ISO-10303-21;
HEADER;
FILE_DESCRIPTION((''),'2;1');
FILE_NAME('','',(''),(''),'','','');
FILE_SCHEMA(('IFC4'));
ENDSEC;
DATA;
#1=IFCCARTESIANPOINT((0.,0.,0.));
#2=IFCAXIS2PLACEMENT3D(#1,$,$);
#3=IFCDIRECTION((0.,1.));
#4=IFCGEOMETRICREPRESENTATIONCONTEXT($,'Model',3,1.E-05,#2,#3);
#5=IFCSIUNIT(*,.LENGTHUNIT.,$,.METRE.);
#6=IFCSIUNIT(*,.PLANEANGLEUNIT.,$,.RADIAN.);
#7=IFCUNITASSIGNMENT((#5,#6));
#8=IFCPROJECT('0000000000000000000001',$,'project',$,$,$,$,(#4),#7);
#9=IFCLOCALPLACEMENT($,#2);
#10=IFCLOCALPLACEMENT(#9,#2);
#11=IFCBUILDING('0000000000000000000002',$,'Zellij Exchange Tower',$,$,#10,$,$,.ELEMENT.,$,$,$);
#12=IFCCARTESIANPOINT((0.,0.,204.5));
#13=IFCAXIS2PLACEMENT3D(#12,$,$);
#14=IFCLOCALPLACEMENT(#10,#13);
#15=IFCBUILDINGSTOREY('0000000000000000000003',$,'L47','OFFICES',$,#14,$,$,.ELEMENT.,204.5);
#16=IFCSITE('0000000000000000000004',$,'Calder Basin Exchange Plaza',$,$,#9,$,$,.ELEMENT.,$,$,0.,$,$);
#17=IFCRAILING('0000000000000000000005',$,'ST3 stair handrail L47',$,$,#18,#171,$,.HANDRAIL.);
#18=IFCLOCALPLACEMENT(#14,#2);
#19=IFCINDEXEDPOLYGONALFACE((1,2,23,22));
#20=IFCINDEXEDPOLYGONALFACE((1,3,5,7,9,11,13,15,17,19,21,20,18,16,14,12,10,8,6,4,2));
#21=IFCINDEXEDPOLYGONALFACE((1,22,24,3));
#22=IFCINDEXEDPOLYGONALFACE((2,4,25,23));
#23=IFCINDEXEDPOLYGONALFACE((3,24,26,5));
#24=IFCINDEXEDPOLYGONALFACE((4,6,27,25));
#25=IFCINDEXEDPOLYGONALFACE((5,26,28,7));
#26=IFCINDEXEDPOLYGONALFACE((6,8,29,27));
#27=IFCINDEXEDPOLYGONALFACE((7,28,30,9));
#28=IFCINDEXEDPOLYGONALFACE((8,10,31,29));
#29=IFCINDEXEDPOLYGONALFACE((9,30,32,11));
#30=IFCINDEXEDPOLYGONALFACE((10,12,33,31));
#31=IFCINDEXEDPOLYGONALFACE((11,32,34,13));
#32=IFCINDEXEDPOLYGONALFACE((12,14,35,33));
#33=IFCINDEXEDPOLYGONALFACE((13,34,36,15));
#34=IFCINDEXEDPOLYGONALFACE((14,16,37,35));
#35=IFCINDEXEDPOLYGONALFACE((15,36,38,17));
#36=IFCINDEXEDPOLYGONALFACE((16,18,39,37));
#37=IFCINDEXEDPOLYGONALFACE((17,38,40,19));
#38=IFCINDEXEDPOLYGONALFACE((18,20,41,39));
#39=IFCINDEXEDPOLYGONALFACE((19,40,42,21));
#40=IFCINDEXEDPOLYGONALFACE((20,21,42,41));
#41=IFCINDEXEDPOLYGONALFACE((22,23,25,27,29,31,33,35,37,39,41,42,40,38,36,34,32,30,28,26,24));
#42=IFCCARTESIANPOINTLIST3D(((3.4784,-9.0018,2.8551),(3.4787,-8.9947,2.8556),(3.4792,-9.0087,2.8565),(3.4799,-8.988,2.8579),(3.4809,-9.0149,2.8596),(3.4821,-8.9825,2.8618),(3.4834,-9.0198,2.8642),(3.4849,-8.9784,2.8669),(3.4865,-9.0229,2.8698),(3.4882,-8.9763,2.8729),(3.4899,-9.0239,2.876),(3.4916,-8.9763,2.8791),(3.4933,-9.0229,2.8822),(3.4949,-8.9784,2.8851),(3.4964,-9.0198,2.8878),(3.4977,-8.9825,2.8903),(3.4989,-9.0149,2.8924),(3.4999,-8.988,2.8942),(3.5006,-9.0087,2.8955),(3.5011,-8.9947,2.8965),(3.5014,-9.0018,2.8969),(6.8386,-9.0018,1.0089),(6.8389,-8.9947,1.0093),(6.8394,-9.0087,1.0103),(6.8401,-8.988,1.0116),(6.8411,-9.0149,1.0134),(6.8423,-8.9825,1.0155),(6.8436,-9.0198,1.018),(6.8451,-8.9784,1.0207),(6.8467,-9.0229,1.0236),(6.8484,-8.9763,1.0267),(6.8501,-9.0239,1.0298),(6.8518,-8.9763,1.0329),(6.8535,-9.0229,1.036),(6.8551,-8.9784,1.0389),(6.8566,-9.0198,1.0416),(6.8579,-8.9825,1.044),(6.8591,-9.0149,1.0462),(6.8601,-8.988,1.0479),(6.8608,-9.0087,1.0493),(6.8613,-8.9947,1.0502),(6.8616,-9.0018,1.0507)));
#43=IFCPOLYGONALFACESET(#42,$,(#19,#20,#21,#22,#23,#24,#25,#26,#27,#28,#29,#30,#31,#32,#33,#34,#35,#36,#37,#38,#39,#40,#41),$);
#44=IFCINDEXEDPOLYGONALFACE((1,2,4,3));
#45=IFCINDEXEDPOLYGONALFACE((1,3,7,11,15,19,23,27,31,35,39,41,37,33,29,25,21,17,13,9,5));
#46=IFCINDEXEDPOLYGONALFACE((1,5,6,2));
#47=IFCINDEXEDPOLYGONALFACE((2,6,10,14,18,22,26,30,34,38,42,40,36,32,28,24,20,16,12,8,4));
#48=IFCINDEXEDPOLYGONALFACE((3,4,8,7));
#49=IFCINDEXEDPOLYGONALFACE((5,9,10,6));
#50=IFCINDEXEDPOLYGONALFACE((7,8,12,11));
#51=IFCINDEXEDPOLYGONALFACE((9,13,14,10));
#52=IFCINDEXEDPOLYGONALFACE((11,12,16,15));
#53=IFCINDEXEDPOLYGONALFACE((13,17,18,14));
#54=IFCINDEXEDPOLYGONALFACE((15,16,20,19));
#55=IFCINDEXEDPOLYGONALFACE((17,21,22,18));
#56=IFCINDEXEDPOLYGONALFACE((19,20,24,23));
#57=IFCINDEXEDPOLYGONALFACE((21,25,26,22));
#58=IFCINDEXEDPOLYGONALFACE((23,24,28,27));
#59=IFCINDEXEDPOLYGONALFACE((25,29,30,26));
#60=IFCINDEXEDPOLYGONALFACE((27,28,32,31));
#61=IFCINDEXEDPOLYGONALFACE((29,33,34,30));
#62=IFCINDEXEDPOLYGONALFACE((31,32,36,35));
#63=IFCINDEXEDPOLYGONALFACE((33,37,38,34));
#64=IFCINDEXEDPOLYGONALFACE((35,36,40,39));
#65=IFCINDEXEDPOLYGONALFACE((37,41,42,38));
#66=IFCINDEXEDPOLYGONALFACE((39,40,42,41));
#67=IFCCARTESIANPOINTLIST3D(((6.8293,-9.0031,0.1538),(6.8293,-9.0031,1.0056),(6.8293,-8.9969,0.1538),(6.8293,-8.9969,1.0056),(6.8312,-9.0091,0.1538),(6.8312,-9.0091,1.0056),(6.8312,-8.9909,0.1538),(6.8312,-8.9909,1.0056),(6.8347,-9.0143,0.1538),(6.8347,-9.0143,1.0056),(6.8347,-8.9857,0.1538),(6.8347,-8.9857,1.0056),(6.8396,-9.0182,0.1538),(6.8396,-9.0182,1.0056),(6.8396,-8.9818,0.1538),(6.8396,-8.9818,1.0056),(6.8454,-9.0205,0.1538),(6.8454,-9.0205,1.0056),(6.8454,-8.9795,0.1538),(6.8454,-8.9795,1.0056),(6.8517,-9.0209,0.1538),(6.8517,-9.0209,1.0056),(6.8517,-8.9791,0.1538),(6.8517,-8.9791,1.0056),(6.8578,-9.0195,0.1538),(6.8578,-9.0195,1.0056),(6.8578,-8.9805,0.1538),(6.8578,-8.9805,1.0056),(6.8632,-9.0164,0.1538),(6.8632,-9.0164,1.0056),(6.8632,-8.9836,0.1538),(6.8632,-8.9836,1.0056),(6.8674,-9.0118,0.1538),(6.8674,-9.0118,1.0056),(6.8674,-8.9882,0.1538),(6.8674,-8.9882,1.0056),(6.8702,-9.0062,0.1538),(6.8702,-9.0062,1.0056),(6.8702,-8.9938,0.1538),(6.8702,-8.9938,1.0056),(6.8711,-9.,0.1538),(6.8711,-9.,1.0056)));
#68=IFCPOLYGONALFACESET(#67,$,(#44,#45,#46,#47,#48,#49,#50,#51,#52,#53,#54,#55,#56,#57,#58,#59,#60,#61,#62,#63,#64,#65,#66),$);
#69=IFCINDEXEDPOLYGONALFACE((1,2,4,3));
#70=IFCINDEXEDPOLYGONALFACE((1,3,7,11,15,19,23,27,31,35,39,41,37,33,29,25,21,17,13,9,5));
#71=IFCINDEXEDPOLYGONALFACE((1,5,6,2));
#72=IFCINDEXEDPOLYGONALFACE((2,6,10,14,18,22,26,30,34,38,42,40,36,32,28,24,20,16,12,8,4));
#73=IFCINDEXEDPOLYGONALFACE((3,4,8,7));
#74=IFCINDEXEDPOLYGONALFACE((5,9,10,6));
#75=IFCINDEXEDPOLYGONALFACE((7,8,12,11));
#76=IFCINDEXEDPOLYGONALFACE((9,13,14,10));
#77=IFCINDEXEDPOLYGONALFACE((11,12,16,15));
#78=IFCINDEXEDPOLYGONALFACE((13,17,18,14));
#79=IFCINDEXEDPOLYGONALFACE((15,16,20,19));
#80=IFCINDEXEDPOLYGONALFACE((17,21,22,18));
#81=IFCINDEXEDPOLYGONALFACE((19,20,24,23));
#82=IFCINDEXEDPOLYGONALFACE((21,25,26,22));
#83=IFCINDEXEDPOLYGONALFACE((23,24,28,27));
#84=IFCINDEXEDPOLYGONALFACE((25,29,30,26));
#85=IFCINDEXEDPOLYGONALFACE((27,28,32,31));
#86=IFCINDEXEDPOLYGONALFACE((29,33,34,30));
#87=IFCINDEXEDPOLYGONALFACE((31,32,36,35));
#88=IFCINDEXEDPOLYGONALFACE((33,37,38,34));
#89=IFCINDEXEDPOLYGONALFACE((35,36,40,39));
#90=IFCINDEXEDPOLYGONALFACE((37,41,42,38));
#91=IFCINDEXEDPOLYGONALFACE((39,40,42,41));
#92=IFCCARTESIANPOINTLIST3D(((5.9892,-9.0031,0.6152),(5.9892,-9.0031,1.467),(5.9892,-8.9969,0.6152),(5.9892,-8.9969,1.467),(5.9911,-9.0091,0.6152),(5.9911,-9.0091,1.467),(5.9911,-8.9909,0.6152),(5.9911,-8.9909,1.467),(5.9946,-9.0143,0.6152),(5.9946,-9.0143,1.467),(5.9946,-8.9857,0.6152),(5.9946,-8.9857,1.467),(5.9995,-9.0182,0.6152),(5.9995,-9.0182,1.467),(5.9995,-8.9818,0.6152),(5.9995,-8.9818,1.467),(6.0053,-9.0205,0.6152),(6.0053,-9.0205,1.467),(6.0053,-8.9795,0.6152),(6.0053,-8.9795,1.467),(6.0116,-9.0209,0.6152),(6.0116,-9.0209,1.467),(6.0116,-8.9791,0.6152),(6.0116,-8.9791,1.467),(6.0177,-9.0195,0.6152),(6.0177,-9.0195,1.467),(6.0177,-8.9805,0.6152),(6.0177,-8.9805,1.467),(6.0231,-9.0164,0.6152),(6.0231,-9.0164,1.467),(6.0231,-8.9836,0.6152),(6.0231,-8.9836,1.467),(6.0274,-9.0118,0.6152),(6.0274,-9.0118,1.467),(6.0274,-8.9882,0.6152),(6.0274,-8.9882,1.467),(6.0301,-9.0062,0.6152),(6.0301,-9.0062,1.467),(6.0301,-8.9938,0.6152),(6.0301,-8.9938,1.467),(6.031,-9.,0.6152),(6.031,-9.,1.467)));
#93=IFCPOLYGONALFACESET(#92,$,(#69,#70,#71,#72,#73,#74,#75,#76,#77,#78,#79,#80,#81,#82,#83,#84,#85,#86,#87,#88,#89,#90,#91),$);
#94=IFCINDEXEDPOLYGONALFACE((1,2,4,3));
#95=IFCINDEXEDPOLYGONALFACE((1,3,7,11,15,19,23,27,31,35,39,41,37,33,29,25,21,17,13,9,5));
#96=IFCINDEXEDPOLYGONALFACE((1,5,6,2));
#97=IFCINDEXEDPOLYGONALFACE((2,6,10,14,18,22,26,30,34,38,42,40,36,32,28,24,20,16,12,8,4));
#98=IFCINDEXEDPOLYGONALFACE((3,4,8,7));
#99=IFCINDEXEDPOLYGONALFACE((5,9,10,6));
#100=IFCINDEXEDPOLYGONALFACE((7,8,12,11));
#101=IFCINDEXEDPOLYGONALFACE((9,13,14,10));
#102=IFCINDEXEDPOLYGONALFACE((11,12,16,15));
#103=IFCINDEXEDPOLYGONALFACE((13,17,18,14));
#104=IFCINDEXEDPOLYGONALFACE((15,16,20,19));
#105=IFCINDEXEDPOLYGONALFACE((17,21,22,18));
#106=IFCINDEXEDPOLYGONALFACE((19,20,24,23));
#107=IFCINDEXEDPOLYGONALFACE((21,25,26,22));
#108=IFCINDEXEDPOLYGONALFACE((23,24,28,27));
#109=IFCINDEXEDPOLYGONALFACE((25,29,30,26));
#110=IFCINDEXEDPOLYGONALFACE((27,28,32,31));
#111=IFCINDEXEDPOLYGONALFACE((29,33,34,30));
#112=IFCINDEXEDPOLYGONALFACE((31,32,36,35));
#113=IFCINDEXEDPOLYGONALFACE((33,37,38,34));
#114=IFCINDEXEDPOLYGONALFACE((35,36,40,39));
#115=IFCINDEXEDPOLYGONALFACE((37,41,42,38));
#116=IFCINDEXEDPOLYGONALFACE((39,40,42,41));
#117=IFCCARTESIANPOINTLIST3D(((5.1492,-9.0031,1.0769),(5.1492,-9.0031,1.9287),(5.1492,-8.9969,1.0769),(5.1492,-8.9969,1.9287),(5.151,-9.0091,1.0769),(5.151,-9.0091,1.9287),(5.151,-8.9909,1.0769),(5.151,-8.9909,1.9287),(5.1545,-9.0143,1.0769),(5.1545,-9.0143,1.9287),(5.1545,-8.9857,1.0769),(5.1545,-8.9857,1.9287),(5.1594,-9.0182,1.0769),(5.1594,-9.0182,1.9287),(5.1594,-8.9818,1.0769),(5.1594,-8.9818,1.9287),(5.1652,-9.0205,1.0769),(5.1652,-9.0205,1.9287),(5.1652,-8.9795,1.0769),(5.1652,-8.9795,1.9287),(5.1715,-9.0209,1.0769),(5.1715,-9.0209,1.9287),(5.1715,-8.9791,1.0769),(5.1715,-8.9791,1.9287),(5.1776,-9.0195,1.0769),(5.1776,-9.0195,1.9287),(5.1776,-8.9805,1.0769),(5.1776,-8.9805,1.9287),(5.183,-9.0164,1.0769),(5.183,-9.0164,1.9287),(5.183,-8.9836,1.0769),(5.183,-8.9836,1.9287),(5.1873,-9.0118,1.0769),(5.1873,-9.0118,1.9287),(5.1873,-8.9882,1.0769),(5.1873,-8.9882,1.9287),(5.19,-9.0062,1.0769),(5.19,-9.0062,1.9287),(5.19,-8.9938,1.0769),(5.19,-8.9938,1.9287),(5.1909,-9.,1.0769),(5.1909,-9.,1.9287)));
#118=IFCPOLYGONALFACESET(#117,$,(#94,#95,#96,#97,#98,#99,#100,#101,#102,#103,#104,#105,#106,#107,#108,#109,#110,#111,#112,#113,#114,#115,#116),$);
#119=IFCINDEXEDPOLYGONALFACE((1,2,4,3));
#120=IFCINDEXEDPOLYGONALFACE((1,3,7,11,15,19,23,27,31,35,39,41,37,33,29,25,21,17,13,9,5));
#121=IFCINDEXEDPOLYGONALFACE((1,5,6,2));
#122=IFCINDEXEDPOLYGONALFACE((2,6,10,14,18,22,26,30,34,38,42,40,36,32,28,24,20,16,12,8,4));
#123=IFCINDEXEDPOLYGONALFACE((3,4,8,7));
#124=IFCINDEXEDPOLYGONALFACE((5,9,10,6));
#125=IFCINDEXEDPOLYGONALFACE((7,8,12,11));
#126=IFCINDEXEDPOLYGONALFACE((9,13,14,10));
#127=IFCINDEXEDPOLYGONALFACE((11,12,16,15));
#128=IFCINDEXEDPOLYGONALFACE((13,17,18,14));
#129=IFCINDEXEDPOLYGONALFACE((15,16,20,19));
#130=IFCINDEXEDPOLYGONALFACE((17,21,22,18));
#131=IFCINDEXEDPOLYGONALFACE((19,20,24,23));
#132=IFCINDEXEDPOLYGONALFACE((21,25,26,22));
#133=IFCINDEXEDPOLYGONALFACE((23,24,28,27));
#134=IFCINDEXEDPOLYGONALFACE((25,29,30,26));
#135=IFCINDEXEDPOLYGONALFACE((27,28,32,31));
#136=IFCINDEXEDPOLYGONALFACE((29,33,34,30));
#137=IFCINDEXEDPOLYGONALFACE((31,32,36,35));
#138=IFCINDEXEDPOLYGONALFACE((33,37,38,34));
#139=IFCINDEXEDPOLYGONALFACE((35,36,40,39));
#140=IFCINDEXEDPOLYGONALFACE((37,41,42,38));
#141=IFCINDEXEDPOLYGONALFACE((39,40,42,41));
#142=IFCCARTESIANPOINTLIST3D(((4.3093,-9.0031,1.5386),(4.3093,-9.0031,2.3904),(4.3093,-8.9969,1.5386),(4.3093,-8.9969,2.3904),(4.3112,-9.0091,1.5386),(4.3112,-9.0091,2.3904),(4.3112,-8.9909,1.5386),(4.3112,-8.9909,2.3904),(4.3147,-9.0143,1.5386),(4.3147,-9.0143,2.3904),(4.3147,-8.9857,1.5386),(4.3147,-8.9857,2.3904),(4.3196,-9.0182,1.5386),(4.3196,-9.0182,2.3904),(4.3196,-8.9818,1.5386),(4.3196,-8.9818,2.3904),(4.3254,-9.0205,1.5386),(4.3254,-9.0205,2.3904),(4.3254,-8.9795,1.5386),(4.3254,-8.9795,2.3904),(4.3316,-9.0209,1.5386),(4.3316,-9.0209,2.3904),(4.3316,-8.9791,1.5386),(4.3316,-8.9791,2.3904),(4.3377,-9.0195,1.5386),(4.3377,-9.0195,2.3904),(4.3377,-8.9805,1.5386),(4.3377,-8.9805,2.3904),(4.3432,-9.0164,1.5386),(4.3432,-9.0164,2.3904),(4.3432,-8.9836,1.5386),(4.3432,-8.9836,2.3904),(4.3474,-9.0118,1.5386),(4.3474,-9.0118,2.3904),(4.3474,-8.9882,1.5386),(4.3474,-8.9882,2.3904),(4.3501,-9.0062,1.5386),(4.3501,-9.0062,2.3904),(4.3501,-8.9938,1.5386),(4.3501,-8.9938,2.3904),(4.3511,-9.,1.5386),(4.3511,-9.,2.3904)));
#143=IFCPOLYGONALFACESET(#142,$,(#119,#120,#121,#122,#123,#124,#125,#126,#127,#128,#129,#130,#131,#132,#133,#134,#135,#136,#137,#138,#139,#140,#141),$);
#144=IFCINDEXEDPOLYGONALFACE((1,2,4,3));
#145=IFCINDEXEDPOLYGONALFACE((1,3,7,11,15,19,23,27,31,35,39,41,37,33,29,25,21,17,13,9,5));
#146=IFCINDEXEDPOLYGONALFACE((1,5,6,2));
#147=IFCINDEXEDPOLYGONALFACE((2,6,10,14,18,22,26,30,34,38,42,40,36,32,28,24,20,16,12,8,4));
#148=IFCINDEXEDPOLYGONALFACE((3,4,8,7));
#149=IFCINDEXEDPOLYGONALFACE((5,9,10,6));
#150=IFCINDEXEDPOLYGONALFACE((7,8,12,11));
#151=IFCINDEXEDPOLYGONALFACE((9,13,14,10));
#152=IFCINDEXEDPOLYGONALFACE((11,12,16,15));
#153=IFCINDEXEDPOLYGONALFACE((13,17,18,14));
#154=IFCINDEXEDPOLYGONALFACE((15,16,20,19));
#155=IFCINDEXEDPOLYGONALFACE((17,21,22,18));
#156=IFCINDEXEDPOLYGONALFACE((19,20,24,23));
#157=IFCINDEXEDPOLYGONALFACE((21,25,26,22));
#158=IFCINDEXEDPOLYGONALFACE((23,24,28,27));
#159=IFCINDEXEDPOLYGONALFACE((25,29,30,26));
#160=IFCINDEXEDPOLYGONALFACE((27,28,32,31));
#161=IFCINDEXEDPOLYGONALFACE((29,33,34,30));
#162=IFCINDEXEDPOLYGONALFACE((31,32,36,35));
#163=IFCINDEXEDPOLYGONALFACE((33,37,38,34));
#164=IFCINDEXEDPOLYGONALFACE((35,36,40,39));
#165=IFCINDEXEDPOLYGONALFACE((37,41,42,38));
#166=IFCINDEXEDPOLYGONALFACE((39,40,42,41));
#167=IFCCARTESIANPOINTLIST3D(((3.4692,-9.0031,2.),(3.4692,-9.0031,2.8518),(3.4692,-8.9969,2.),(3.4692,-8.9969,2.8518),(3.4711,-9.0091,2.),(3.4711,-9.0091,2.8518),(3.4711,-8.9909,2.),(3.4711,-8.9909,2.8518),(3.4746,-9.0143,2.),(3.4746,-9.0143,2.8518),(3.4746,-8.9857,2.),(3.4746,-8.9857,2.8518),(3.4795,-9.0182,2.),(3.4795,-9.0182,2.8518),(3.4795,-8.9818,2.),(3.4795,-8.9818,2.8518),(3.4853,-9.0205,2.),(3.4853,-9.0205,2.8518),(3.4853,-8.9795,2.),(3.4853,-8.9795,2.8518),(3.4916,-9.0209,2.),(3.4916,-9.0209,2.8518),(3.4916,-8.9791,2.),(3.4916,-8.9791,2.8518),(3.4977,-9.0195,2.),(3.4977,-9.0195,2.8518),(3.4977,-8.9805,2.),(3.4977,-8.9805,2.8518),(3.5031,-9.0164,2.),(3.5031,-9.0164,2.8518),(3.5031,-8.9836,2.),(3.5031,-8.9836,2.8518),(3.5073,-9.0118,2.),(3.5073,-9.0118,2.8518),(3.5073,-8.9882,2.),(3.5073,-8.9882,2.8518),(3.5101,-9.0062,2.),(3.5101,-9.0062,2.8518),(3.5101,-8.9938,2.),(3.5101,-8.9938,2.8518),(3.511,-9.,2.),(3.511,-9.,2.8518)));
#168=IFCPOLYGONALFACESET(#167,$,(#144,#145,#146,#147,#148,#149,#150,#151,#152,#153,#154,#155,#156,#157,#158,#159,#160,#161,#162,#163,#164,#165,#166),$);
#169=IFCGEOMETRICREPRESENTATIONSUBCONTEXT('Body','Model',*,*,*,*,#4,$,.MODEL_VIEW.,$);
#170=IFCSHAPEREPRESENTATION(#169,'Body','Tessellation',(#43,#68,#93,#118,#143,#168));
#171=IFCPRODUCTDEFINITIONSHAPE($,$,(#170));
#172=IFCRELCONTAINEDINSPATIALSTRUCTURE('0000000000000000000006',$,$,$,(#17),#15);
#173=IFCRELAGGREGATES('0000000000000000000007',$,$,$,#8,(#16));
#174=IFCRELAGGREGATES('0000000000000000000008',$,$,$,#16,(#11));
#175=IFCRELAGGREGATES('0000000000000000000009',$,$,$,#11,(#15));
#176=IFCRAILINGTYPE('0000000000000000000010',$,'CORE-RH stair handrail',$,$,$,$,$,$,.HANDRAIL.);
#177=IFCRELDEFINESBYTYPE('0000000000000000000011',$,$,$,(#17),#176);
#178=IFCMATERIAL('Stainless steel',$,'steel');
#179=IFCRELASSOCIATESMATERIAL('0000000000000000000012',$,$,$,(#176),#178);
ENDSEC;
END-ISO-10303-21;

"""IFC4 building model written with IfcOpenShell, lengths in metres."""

from ifc_helpers import new_model, si_unit, direction, frame, origin, origin_2d, place, context, subcontext, project, spatial, circle, extrude, material, type_object, element, save


model = new_model("IFC4")

# Units and contexts
model_context = context("Model", 3, precision=1e-05, world=origin(), true_north=direction((0.0, 1.0)))
body_context = subcontext(model_context, "Body", "Model", "MODEL_VIEW")
ifc_project = project(units=[si_unit("LENGTHUNIT", "METRE"), si_unit("PLANEANGLEUNIT", "RADIAN")], contexts=[model_context])

# Site, building, storey
site_placement = place(None, origin())
site = spatial("IfcSite", under=ifc_project, at=site_placement, Name="Calder Basin Exchange Plaza", CompositionType="ELEMENT", RefElevation=0.0)
building_placement = place(site_placement, origin())
building = spatial("IfcBuilding", under=site, at=building_placement, Name="Zellij Exchange Tower", CompositionType="ELEMENT")
storey_placement = place(building_placement, frame((0.0, 0.0, 204.5)))
storey = spatial("IfcBuildingStorey", under=building, at=storey_placement, Name="L47", Description="OFFICES", CompositionType="ELEMENT", Elevation=204.5)

# Railing
ifc_material_1 = material(Name="Stainless steel", Category="steel")
railing_type_1 = type_object("IfcRailingType", Name="CORE-RH stair handrail", PredefinedType="HANDRAIL", material=ifc_material_1)
railing_1_placement = place(storey_placement, frame((6.8501, -9.0, 0.1538)))
element("IfcRailing", 1, at=railing_1_placement, inside=storey, type_object=railing_type_1, Name="ST3 stair handrail L47", PredefinedType="HANDRAIL", context=body_context, shape_type="SweptSolid", body=[
    extrude(circle(Radius=0.0239, at=origin_2d()), frame((0.0, 0.0, 0.876), z_axis=(-0.876422, 0.0, 0.481545), x_axis=(0.0, -1.0, 0.0)), (0.0, 0.0, 1.0), 3.834),
    extrude(circle(Radius=0.021, at=origin_2d()), origin(), (0.0, 0.0, 1.0), 0.8518),
    extrude(circle(Radius=0.021, at=origin_2d()), frame((-0.8401, 0.0, 0.4614)), (0.0, 0.0, 1.0), 0.8518),
    extrude(circle(Radius=0.021, at=origin_2d()), frame((-1.6802, 0.0, 0.9231)), (0.0, 0.0, 1.0), 0.8518),
    extrude(circle(Radius=0.021, at=origin_2d()), frame((-2.52, 0.0, 1.3848)), (0.0, 0.0, 1.0), 0.8518),
    extrude(circle(Radius=0.021, at=origin_2d()), frame((-3.3601, 0.0, 1.8462)), (0.0, 0.0, 1.0), 0.8518),
])

save(model, "model.ifc")
